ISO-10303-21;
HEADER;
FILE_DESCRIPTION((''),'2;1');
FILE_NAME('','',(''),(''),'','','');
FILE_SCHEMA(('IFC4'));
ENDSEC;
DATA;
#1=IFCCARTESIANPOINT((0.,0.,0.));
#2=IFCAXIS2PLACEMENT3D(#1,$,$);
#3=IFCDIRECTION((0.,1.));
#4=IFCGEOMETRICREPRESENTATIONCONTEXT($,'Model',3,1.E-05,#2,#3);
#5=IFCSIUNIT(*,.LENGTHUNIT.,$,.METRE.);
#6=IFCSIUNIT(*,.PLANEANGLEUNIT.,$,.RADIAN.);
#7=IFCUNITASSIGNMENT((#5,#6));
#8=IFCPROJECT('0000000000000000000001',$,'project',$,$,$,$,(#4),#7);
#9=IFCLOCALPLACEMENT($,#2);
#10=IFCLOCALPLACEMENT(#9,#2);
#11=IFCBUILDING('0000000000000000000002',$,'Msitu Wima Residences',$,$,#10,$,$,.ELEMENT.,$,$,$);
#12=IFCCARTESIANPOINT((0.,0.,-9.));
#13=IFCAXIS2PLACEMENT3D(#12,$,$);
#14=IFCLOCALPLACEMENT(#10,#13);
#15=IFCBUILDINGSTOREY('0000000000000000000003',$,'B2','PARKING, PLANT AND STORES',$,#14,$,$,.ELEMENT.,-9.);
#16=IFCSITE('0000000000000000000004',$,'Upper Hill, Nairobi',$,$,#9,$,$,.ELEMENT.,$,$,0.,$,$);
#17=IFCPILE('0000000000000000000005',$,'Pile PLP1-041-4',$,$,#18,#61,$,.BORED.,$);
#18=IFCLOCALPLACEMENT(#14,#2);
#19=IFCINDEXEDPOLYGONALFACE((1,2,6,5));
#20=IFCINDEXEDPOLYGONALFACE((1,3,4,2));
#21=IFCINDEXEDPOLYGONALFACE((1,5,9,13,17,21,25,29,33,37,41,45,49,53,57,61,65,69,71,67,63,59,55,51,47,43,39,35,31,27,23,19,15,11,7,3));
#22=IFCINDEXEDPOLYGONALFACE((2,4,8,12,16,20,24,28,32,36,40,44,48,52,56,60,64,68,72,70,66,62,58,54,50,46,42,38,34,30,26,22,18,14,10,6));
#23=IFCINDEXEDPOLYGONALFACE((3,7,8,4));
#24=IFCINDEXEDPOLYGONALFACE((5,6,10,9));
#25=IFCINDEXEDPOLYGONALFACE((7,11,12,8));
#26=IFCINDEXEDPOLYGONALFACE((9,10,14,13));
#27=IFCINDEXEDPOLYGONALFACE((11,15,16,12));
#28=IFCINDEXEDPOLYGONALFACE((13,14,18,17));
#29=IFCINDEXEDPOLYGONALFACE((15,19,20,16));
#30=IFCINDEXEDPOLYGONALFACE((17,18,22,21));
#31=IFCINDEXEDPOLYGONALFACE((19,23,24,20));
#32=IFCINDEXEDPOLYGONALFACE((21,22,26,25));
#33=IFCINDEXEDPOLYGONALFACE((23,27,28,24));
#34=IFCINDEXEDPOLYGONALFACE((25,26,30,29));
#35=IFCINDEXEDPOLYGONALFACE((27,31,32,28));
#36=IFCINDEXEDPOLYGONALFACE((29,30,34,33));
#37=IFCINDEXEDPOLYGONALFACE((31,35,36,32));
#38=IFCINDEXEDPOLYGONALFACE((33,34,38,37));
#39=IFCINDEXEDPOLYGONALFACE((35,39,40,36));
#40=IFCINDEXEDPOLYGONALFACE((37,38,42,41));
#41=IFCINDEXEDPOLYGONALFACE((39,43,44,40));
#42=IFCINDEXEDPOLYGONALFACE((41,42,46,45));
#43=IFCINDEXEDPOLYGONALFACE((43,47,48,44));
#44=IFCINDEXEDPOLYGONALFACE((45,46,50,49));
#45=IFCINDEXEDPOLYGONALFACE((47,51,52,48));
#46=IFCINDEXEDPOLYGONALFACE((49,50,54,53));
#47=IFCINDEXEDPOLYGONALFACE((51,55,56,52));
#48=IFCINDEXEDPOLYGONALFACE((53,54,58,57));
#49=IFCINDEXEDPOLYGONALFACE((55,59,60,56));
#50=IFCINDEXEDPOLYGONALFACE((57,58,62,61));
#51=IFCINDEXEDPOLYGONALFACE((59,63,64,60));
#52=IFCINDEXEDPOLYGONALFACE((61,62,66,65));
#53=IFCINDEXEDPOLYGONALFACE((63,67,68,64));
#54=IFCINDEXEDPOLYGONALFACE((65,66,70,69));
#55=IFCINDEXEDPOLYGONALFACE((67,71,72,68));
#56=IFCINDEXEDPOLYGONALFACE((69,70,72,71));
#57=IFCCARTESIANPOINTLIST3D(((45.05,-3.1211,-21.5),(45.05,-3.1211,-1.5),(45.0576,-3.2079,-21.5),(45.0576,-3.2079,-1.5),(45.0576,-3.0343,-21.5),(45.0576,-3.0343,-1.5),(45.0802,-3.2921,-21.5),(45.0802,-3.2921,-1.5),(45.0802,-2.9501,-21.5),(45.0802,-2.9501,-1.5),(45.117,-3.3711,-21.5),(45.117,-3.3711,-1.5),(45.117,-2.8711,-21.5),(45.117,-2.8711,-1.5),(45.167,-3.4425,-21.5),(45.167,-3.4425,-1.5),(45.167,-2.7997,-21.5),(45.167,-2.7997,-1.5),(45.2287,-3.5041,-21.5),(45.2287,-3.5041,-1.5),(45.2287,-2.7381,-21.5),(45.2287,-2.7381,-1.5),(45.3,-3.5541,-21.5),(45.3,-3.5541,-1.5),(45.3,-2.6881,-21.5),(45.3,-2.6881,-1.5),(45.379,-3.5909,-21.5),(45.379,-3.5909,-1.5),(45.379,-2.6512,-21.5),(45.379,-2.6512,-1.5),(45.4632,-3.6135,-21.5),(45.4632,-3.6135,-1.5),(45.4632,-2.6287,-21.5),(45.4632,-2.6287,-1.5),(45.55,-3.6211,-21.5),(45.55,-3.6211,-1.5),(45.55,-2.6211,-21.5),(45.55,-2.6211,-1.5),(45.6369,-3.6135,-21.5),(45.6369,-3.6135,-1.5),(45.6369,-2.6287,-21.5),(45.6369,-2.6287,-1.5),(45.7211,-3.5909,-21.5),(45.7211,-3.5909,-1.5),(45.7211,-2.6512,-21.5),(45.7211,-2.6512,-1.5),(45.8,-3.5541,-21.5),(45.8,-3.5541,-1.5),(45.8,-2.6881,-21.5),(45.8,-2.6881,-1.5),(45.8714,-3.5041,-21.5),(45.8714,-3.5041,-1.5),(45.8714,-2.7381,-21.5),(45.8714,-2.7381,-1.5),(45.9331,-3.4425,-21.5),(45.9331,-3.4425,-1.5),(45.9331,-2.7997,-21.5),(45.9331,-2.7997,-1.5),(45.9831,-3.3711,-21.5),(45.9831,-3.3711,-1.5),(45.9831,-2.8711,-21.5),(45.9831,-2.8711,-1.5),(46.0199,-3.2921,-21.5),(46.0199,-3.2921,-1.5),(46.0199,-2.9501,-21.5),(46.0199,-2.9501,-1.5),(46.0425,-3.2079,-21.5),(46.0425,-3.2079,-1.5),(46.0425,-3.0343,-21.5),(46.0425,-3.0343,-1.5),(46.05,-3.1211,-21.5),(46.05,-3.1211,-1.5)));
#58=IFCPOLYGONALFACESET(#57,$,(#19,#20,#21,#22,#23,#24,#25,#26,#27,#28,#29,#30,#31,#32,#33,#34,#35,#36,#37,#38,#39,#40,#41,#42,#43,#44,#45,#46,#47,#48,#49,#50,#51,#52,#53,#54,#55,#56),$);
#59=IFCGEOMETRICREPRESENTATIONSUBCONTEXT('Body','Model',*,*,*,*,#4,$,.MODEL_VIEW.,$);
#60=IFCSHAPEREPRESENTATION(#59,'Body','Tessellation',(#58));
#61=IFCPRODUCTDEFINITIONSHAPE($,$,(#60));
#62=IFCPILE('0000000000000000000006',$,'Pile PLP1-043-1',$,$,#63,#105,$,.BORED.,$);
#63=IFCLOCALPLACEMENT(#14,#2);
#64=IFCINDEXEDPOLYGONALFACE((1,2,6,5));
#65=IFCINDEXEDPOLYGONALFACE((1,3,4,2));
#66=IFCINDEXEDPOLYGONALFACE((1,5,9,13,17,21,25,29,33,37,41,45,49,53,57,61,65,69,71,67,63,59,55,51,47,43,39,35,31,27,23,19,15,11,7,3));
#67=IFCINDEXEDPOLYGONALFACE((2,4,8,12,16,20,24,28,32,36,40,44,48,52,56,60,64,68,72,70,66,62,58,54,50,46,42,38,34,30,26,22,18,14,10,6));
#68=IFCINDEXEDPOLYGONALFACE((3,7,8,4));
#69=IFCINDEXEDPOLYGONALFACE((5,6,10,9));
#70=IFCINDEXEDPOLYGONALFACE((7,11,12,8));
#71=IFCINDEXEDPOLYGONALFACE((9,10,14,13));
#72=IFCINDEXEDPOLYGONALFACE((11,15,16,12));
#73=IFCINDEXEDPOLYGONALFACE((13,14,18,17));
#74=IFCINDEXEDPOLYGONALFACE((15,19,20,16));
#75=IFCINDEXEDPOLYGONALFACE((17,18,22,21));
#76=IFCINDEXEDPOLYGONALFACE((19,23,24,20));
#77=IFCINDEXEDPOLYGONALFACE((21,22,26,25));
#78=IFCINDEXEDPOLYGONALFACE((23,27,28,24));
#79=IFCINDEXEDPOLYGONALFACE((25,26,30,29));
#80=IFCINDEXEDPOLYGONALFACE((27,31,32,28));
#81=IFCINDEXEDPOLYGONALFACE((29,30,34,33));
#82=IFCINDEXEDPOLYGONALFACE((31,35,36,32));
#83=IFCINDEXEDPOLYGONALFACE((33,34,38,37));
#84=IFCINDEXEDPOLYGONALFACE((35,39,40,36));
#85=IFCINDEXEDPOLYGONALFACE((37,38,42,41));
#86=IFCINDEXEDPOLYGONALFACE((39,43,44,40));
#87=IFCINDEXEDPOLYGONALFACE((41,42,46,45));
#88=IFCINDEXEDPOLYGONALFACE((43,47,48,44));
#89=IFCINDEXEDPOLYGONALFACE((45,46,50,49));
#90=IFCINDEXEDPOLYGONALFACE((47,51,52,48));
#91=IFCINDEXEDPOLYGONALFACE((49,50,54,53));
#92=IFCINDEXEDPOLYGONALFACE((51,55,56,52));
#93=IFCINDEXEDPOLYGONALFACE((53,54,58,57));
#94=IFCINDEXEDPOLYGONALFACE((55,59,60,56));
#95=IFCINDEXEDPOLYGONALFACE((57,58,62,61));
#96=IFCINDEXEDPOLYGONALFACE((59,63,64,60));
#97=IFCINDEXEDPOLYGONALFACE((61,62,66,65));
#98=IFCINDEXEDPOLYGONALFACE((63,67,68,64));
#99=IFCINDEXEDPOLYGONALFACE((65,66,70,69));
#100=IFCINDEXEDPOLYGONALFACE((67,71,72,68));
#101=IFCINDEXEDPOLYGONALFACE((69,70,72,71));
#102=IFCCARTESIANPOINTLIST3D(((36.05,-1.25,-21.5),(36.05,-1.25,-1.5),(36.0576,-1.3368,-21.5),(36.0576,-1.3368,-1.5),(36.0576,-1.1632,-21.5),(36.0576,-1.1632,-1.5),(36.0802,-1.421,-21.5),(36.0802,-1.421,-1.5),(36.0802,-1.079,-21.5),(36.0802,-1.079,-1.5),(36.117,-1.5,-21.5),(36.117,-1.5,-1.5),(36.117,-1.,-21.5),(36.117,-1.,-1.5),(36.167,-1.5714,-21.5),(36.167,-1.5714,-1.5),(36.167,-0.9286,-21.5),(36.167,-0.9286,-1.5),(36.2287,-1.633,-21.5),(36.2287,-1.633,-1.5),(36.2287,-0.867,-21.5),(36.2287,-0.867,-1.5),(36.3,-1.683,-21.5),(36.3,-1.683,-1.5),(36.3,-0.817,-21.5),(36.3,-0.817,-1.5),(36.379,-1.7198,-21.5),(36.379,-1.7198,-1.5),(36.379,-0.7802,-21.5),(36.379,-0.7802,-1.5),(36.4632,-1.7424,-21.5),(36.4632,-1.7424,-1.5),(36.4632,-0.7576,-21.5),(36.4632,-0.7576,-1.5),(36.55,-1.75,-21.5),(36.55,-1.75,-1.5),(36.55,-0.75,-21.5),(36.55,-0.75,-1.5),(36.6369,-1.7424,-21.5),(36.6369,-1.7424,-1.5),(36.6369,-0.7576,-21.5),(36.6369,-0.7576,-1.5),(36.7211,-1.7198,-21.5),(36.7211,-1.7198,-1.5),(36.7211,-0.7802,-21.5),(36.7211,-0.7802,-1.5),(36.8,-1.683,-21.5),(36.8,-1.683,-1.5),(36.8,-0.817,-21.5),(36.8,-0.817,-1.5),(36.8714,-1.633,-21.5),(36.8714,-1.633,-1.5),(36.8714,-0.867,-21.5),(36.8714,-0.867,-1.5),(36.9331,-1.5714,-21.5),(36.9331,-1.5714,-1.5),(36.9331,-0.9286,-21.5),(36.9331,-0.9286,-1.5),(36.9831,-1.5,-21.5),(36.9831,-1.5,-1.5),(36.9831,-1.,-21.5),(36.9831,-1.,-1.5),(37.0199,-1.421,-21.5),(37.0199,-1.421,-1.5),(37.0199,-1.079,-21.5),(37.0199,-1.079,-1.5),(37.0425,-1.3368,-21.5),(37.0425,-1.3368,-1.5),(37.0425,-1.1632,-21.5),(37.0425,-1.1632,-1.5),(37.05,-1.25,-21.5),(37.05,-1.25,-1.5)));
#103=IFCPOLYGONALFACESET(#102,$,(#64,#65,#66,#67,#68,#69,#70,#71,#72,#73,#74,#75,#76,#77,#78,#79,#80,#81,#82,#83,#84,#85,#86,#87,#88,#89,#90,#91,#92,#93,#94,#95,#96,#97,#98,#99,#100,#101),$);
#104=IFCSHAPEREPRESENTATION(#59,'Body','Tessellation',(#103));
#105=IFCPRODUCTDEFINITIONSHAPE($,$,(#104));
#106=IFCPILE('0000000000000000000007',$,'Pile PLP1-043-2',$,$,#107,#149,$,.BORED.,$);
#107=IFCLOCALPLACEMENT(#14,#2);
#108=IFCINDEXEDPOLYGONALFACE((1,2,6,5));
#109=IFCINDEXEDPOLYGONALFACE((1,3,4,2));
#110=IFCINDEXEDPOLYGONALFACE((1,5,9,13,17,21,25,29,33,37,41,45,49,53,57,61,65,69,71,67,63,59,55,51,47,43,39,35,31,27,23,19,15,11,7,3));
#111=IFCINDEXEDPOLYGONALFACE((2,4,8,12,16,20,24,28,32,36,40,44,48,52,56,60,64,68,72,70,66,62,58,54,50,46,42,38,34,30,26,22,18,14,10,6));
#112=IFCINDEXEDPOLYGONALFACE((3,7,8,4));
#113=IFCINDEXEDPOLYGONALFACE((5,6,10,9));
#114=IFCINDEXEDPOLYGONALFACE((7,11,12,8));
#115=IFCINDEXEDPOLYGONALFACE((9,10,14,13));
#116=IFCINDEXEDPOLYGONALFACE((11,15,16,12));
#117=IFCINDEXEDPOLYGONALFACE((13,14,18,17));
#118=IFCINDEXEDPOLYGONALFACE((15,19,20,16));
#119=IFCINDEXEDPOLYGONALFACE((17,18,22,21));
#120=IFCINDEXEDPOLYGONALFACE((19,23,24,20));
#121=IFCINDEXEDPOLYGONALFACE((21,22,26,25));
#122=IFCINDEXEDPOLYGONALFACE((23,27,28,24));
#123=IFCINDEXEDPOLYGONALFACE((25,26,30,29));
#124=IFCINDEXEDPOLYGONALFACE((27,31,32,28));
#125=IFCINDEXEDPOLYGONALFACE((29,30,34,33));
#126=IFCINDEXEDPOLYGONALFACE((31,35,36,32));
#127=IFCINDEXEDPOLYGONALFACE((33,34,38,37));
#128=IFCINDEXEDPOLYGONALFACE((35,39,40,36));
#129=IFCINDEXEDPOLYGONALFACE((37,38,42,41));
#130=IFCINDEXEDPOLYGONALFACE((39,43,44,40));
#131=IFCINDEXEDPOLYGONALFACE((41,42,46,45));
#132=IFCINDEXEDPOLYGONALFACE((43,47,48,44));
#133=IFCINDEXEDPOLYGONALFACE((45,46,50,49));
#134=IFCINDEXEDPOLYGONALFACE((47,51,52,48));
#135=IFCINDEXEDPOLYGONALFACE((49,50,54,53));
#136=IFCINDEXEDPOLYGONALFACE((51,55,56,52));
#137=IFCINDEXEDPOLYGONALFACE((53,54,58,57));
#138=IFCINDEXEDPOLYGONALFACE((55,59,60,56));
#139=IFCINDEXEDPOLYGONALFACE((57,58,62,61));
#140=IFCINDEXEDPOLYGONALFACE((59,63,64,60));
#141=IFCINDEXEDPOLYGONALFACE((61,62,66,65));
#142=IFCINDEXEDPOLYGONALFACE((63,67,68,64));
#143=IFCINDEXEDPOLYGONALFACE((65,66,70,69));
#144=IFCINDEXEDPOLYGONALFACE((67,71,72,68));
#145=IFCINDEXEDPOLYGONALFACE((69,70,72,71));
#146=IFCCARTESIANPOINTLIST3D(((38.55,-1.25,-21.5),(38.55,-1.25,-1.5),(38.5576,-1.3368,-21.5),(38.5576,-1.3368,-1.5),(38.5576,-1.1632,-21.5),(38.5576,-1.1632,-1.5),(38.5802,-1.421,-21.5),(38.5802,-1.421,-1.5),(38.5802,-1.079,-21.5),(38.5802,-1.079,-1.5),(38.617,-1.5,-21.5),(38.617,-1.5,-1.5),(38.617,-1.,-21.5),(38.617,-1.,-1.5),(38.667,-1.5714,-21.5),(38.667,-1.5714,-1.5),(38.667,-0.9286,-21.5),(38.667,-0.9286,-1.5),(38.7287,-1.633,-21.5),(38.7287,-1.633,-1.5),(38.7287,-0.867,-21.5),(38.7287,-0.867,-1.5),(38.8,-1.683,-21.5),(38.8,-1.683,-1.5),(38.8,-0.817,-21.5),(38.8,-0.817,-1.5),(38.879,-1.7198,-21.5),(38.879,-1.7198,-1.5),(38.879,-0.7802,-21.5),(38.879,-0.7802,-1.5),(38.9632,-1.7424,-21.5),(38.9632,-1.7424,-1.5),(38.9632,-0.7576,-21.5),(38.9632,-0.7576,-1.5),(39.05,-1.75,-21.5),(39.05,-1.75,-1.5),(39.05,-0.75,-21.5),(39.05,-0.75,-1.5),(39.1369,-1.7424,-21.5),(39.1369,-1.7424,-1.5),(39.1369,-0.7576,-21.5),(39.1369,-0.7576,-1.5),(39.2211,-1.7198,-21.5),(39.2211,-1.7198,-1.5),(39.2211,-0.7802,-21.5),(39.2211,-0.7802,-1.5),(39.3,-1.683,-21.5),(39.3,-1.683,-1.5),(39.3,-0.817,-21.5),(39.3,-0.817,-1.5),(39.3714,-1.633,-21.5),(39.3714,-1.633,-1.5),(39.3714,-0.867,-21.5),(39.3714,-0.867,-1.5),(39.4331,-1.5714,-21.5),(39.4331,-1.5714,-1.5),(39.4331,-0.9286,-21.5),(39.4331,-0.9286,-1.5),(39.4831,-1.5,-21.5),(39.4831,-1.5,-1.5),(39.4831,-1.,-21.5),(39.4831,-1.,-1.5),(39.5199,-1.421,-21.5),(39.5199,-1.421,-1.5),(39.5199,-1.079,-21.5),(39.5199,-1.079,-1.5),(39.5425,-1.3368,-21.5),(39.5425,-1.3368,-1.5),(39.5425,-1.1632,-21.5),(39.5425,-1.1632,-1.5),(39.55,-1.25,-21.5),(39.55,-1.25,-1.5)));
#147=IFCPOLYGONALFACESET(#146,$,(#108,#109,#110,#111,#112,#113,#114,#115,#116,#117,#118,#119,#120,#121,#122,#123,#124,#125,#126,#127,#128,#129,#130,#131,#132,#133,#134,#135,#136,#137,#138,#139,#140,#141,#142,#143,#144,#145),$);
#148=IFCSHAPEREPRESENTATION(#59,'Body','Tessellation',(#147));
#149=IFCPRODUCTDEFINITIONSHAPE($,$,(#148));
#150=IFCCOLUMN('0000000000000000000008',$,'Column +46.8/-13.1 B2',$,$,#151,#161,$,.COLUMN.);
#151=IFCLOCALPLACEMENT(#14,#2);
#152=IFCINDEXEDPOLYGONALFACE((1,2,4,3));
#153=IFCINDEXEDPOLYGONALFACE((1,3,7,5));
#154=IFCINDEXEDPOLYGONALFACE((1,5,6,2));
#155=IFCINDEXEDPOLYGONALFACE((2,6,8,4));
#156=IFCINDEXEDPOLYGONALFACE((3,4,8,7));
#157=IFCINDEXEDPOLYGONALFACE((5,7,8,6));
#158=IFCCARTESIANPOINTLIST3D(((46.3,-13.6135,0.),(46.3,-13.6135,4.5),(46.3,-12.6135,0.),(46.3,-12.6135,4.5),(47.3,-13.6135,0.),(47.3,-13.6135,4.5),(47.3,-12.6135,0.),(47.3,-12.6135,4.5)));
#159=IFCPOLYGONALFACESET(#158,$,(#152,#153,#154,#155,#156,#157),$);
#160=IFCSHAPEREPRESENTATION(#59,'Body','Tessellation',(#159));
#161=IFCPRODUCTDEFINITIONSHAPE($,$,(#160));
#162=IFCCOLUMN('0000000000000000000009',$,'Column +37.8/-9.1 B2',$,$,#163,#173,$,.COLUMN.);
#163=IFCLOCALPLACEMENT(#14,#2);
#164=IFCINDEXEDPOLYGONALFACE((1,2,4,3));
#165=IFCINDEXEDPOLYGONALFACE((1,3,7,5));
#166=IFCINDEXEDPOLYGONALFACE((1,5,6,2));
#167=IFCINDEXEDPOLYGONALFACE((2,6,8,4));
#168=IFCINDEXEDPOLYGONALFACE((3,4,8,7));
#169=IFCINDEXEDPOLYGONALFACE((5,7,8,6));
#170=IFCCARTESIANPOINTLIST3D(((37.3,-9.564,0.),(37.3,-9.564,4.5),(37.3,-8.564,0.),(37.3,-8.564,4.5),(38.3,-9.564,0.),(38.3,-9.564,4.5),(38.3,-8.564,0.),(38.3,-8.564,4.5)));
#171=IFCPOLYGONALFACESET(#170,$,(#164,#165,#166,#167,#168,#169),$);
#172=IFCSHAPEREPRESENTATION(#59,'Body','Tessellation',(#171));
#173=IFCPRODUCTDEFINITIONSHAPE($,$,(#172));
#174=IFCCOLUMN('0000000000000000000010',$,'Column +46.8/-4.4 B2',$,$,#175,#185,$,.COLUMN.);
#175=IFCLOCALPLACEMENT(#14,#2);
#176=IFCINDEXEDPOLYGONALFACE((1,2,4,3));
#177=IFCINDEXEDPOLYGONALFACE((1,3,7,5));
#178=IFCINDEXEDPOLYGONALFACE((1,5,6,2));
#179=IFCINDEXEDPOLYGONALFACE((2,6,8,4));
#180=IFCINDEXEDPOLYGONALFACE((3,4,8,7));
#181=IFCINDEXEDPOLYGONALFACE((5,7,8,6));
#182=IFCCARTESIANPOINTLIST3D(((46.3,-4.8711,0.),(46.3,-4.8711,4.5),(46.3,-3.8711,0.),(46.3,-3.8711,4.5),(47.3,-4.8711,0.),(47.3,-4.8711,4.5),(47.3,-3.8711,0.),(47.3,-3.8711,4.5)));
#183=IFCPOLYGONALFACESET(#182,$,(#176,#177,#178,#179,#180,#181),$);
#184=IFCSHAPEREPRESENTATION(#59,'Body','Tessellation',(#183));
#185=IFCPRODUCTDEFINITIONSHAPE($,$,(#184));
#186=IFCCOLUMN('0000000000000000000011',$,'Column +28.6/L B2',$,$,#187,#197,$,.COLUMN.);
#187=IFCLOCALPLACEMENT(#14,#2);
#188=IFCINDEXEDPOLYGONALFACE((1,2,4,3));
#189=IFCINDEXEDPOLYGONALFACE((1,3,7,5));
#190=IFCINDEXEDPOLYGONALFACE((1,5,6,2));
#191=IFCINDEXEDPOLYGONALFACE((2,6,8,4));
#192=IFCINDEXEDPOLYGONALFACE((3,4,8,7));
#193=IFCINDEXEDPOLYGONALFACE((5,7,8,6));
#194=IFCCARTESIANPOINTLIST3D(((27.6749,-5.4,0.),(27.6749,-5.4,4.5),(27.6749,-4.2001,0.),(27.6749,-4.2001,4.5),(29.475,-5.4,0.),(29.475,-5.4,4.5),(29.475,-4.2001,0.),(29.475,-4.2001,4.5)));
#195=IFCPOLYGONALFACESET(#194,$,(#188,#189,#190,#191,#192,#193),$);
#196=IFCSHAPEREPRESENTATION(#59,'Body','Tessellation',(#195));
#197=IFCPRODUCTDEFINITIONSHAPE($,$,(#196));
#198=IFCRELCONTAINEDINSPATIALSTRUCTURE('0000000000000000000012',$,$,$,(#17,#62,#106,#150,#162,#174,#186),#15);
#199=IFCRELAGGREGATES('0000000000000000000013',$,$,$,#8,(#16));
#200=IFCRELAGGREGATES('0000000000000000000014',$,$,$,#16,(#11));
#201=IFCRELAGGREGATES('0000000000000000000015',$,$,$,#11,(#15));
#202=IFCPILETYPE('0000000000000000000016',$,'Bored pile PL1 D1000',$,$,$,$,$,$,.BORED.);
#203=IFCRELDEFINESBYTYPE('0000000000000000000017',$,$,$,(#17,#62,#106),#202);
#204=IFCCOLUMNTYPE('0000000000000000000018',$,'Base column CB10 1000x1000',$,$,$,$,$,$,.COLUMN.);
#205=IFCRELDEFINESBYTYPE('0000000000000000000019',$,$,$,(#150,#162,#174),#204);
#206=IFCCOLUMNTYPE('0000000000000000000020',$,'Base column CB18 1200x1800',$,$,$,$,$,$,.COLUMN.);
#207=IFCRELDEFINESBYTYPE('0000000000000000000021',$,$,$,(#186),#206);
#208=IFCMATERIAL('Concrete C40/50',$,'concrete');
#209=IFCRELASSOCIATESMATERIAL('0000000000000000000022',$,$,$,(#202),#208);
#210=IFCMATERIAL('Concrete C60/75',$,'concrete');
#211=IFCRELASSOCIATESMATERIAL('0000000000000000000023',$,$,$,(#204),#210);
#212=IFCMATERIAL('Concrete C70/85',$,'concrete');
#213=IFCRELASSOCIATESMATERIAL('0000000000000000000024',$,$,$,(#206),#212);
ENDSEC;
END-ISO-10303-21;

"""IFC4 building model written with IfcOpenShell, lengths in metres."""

from ifc_helpers import new_model, si_unit, direction, frame, origin, origin_2d, place, context, subcontext, project, spatial, rectangle, circle, extrude, material, material_profile, profile_set, type_object, element, save


model = new_model("IFC4")

# Units and contexts
model_context = context("Model", 3, precision=1e-05, world=origin(), true_north=direction((0.0, 1.0)))
body_context = subcontext(model_context, "Body", "Model", "MODEL_VIEW")
ifc_project = project(units=[si_unit("LENGTHUNIT", "METRE"), si_unit("PLANEANGLEUNIT", "RADIAN")], contexts=[model_context])

# Site, building, storey
site_placement = place(None, origin())
site = spatial("IfcSite", under=ifc_project, at=site_placement, Name="Upper Hill, Nairobi", CompositionType="ELEMENT", RefElevation=0.0)
building_placement = place(site_placement, origin())
building = spatial("IfcBuilding", under=site, at=building_placement, Name="Msitu Wima Residences", CompositionType="ELEMENT")
storey_placement = place(building_placement, frame((0.0, 0.0, -9.0)))
storey = spatial("IfcBuildingStorey", under=building, at=storey_placement, Name="B2", Description="PARKING, PLANT AND STORES", CompositionType="ELEMENT", Elevation=-9.0)

# Piles
ifc_material_1 = material(Name="Concrete C40/50", Category="concrete")
pile_type_1 = type_object("IfcPileType", Name="Bored pile PL1 D1000", PredefinedType="BORED", material=ifc_material_1)
for number, where, z_axis, x_axis, name in (
    (1, (45.55, -3.1211, -1.5), (0.0, 0.0, -1.0), (1.0, 0.0, 0.0), "Pile PLP1-041-4"),
    (2, (36.55, -1.25, -1.5), (0.0, 0.0, -1.0), (1.0, 0.0, 0.0), "Pile PLP1-043-1"),
    (3, (39.05, -1.25, -1.5), (0.0, 0.0, -1.0), (1.0, 0.0, 0.0), "Pile PLP1-043-2"),
):
    element("IfcPile", number, at=place(storey_placement, frame(where, z_axis=z_axis, x_axis=x_axis)), inside=storey, type_object=pile_type_1, Name=name, PredefinedType="BORED", context=body_context, shape_type="SweptSolid", body=[
        extrude(circle(Radius=0.5, at=origin_2d()), origin(), (0.0, 0.0, 1.0), 20.0),
    ])

# Columns
ifc_material_2 = material(Name="Concrete C60/75", Category="concrete")
ifc_material_profile_1 = material_profile(ifc_material_2, rectangle(XDim=1.0, YDim=1.0, at=origin_2d()), Name="RC 1000x1000")
ifc_profile_set_1 = profile_set([ifc_material_profile_1], Name="Concrete C60/75")
column_type_1 = type_object("IfcColumnType", Name="Base column CB10 1000x1000", PredefinedType="COLUMN", material=ifc_profile_set_1)
for number, where, z_axis, x_axis, name in (
    (4, (46.8, -13.1135, 0.0), (0.0, 0.0, 1.0), (1.0, 0.0, 0.0), "Column +46.8/-13.1 B2"),
    (5, (37.8, -9.064, 0.0), (0.0, 0.0, 1.0), (1.0, 0.0, 0.0), "Column +37.8/-9.1 B2"),
    (6, (46.8, -4.3711, 0.0), (0.0, 0.0, 1.0), (1.0, 0.0, 0.0), "Column +46.8/-4.4 B2"),
):
    element("IfcColumn", number, at=place(storey_placement, frame(where, z_axis=z_axis, x_axis=x_axis)), inside=storey, type_object=column_type_1, Name=name, PredefinedType="COLUMN", context=body_context, shape_type="SweptSolid", body=[
        extrude(rectangle(XDim=1.0, YDim=1.0, at=origin_2d()), origin(), (0.0, 0.0, 1.0), 4.5),
    ])
ifc_material_3 = material(Name="Concrete C70/85", Category="concrete")
ifc_material_profile_2 = material_profile(ifc_material_3, rectangle(XDim=1.2, YDim=1.8, at=origin_2d()), Name="RC 1200x1800")
ifc_profile_set_2 = profile_set([ifc_material_profile_2], Name="Concrete C70/85")
column_type_2 = type_object("IfcColumnType", Name="Base column CB18 1200x1800", PredefinedType="COLUMN", material=ifc_profile_set_2)
column_placement = place(storey_placement, frame((28.575, -4.8, 0.0), z_axis=(0.0, 0.0, 1.0), x_axis=(0.0, 1.0, 0.0)))
element("IfcColumn", 7, at=column_placement, inside=storey, type_object=column_type_2, Name="Column +28.6/L B2", PredefinedType="COLUMN", context=body_context, shape_type="SweptSolid", body=[
    extrude(rectangle(XDim=1.2, YDim=1.8, at=origin_2d()), origin(), (0.0, 0.0, 1.0), 4.5),
])

save(model, "model.ifc")
